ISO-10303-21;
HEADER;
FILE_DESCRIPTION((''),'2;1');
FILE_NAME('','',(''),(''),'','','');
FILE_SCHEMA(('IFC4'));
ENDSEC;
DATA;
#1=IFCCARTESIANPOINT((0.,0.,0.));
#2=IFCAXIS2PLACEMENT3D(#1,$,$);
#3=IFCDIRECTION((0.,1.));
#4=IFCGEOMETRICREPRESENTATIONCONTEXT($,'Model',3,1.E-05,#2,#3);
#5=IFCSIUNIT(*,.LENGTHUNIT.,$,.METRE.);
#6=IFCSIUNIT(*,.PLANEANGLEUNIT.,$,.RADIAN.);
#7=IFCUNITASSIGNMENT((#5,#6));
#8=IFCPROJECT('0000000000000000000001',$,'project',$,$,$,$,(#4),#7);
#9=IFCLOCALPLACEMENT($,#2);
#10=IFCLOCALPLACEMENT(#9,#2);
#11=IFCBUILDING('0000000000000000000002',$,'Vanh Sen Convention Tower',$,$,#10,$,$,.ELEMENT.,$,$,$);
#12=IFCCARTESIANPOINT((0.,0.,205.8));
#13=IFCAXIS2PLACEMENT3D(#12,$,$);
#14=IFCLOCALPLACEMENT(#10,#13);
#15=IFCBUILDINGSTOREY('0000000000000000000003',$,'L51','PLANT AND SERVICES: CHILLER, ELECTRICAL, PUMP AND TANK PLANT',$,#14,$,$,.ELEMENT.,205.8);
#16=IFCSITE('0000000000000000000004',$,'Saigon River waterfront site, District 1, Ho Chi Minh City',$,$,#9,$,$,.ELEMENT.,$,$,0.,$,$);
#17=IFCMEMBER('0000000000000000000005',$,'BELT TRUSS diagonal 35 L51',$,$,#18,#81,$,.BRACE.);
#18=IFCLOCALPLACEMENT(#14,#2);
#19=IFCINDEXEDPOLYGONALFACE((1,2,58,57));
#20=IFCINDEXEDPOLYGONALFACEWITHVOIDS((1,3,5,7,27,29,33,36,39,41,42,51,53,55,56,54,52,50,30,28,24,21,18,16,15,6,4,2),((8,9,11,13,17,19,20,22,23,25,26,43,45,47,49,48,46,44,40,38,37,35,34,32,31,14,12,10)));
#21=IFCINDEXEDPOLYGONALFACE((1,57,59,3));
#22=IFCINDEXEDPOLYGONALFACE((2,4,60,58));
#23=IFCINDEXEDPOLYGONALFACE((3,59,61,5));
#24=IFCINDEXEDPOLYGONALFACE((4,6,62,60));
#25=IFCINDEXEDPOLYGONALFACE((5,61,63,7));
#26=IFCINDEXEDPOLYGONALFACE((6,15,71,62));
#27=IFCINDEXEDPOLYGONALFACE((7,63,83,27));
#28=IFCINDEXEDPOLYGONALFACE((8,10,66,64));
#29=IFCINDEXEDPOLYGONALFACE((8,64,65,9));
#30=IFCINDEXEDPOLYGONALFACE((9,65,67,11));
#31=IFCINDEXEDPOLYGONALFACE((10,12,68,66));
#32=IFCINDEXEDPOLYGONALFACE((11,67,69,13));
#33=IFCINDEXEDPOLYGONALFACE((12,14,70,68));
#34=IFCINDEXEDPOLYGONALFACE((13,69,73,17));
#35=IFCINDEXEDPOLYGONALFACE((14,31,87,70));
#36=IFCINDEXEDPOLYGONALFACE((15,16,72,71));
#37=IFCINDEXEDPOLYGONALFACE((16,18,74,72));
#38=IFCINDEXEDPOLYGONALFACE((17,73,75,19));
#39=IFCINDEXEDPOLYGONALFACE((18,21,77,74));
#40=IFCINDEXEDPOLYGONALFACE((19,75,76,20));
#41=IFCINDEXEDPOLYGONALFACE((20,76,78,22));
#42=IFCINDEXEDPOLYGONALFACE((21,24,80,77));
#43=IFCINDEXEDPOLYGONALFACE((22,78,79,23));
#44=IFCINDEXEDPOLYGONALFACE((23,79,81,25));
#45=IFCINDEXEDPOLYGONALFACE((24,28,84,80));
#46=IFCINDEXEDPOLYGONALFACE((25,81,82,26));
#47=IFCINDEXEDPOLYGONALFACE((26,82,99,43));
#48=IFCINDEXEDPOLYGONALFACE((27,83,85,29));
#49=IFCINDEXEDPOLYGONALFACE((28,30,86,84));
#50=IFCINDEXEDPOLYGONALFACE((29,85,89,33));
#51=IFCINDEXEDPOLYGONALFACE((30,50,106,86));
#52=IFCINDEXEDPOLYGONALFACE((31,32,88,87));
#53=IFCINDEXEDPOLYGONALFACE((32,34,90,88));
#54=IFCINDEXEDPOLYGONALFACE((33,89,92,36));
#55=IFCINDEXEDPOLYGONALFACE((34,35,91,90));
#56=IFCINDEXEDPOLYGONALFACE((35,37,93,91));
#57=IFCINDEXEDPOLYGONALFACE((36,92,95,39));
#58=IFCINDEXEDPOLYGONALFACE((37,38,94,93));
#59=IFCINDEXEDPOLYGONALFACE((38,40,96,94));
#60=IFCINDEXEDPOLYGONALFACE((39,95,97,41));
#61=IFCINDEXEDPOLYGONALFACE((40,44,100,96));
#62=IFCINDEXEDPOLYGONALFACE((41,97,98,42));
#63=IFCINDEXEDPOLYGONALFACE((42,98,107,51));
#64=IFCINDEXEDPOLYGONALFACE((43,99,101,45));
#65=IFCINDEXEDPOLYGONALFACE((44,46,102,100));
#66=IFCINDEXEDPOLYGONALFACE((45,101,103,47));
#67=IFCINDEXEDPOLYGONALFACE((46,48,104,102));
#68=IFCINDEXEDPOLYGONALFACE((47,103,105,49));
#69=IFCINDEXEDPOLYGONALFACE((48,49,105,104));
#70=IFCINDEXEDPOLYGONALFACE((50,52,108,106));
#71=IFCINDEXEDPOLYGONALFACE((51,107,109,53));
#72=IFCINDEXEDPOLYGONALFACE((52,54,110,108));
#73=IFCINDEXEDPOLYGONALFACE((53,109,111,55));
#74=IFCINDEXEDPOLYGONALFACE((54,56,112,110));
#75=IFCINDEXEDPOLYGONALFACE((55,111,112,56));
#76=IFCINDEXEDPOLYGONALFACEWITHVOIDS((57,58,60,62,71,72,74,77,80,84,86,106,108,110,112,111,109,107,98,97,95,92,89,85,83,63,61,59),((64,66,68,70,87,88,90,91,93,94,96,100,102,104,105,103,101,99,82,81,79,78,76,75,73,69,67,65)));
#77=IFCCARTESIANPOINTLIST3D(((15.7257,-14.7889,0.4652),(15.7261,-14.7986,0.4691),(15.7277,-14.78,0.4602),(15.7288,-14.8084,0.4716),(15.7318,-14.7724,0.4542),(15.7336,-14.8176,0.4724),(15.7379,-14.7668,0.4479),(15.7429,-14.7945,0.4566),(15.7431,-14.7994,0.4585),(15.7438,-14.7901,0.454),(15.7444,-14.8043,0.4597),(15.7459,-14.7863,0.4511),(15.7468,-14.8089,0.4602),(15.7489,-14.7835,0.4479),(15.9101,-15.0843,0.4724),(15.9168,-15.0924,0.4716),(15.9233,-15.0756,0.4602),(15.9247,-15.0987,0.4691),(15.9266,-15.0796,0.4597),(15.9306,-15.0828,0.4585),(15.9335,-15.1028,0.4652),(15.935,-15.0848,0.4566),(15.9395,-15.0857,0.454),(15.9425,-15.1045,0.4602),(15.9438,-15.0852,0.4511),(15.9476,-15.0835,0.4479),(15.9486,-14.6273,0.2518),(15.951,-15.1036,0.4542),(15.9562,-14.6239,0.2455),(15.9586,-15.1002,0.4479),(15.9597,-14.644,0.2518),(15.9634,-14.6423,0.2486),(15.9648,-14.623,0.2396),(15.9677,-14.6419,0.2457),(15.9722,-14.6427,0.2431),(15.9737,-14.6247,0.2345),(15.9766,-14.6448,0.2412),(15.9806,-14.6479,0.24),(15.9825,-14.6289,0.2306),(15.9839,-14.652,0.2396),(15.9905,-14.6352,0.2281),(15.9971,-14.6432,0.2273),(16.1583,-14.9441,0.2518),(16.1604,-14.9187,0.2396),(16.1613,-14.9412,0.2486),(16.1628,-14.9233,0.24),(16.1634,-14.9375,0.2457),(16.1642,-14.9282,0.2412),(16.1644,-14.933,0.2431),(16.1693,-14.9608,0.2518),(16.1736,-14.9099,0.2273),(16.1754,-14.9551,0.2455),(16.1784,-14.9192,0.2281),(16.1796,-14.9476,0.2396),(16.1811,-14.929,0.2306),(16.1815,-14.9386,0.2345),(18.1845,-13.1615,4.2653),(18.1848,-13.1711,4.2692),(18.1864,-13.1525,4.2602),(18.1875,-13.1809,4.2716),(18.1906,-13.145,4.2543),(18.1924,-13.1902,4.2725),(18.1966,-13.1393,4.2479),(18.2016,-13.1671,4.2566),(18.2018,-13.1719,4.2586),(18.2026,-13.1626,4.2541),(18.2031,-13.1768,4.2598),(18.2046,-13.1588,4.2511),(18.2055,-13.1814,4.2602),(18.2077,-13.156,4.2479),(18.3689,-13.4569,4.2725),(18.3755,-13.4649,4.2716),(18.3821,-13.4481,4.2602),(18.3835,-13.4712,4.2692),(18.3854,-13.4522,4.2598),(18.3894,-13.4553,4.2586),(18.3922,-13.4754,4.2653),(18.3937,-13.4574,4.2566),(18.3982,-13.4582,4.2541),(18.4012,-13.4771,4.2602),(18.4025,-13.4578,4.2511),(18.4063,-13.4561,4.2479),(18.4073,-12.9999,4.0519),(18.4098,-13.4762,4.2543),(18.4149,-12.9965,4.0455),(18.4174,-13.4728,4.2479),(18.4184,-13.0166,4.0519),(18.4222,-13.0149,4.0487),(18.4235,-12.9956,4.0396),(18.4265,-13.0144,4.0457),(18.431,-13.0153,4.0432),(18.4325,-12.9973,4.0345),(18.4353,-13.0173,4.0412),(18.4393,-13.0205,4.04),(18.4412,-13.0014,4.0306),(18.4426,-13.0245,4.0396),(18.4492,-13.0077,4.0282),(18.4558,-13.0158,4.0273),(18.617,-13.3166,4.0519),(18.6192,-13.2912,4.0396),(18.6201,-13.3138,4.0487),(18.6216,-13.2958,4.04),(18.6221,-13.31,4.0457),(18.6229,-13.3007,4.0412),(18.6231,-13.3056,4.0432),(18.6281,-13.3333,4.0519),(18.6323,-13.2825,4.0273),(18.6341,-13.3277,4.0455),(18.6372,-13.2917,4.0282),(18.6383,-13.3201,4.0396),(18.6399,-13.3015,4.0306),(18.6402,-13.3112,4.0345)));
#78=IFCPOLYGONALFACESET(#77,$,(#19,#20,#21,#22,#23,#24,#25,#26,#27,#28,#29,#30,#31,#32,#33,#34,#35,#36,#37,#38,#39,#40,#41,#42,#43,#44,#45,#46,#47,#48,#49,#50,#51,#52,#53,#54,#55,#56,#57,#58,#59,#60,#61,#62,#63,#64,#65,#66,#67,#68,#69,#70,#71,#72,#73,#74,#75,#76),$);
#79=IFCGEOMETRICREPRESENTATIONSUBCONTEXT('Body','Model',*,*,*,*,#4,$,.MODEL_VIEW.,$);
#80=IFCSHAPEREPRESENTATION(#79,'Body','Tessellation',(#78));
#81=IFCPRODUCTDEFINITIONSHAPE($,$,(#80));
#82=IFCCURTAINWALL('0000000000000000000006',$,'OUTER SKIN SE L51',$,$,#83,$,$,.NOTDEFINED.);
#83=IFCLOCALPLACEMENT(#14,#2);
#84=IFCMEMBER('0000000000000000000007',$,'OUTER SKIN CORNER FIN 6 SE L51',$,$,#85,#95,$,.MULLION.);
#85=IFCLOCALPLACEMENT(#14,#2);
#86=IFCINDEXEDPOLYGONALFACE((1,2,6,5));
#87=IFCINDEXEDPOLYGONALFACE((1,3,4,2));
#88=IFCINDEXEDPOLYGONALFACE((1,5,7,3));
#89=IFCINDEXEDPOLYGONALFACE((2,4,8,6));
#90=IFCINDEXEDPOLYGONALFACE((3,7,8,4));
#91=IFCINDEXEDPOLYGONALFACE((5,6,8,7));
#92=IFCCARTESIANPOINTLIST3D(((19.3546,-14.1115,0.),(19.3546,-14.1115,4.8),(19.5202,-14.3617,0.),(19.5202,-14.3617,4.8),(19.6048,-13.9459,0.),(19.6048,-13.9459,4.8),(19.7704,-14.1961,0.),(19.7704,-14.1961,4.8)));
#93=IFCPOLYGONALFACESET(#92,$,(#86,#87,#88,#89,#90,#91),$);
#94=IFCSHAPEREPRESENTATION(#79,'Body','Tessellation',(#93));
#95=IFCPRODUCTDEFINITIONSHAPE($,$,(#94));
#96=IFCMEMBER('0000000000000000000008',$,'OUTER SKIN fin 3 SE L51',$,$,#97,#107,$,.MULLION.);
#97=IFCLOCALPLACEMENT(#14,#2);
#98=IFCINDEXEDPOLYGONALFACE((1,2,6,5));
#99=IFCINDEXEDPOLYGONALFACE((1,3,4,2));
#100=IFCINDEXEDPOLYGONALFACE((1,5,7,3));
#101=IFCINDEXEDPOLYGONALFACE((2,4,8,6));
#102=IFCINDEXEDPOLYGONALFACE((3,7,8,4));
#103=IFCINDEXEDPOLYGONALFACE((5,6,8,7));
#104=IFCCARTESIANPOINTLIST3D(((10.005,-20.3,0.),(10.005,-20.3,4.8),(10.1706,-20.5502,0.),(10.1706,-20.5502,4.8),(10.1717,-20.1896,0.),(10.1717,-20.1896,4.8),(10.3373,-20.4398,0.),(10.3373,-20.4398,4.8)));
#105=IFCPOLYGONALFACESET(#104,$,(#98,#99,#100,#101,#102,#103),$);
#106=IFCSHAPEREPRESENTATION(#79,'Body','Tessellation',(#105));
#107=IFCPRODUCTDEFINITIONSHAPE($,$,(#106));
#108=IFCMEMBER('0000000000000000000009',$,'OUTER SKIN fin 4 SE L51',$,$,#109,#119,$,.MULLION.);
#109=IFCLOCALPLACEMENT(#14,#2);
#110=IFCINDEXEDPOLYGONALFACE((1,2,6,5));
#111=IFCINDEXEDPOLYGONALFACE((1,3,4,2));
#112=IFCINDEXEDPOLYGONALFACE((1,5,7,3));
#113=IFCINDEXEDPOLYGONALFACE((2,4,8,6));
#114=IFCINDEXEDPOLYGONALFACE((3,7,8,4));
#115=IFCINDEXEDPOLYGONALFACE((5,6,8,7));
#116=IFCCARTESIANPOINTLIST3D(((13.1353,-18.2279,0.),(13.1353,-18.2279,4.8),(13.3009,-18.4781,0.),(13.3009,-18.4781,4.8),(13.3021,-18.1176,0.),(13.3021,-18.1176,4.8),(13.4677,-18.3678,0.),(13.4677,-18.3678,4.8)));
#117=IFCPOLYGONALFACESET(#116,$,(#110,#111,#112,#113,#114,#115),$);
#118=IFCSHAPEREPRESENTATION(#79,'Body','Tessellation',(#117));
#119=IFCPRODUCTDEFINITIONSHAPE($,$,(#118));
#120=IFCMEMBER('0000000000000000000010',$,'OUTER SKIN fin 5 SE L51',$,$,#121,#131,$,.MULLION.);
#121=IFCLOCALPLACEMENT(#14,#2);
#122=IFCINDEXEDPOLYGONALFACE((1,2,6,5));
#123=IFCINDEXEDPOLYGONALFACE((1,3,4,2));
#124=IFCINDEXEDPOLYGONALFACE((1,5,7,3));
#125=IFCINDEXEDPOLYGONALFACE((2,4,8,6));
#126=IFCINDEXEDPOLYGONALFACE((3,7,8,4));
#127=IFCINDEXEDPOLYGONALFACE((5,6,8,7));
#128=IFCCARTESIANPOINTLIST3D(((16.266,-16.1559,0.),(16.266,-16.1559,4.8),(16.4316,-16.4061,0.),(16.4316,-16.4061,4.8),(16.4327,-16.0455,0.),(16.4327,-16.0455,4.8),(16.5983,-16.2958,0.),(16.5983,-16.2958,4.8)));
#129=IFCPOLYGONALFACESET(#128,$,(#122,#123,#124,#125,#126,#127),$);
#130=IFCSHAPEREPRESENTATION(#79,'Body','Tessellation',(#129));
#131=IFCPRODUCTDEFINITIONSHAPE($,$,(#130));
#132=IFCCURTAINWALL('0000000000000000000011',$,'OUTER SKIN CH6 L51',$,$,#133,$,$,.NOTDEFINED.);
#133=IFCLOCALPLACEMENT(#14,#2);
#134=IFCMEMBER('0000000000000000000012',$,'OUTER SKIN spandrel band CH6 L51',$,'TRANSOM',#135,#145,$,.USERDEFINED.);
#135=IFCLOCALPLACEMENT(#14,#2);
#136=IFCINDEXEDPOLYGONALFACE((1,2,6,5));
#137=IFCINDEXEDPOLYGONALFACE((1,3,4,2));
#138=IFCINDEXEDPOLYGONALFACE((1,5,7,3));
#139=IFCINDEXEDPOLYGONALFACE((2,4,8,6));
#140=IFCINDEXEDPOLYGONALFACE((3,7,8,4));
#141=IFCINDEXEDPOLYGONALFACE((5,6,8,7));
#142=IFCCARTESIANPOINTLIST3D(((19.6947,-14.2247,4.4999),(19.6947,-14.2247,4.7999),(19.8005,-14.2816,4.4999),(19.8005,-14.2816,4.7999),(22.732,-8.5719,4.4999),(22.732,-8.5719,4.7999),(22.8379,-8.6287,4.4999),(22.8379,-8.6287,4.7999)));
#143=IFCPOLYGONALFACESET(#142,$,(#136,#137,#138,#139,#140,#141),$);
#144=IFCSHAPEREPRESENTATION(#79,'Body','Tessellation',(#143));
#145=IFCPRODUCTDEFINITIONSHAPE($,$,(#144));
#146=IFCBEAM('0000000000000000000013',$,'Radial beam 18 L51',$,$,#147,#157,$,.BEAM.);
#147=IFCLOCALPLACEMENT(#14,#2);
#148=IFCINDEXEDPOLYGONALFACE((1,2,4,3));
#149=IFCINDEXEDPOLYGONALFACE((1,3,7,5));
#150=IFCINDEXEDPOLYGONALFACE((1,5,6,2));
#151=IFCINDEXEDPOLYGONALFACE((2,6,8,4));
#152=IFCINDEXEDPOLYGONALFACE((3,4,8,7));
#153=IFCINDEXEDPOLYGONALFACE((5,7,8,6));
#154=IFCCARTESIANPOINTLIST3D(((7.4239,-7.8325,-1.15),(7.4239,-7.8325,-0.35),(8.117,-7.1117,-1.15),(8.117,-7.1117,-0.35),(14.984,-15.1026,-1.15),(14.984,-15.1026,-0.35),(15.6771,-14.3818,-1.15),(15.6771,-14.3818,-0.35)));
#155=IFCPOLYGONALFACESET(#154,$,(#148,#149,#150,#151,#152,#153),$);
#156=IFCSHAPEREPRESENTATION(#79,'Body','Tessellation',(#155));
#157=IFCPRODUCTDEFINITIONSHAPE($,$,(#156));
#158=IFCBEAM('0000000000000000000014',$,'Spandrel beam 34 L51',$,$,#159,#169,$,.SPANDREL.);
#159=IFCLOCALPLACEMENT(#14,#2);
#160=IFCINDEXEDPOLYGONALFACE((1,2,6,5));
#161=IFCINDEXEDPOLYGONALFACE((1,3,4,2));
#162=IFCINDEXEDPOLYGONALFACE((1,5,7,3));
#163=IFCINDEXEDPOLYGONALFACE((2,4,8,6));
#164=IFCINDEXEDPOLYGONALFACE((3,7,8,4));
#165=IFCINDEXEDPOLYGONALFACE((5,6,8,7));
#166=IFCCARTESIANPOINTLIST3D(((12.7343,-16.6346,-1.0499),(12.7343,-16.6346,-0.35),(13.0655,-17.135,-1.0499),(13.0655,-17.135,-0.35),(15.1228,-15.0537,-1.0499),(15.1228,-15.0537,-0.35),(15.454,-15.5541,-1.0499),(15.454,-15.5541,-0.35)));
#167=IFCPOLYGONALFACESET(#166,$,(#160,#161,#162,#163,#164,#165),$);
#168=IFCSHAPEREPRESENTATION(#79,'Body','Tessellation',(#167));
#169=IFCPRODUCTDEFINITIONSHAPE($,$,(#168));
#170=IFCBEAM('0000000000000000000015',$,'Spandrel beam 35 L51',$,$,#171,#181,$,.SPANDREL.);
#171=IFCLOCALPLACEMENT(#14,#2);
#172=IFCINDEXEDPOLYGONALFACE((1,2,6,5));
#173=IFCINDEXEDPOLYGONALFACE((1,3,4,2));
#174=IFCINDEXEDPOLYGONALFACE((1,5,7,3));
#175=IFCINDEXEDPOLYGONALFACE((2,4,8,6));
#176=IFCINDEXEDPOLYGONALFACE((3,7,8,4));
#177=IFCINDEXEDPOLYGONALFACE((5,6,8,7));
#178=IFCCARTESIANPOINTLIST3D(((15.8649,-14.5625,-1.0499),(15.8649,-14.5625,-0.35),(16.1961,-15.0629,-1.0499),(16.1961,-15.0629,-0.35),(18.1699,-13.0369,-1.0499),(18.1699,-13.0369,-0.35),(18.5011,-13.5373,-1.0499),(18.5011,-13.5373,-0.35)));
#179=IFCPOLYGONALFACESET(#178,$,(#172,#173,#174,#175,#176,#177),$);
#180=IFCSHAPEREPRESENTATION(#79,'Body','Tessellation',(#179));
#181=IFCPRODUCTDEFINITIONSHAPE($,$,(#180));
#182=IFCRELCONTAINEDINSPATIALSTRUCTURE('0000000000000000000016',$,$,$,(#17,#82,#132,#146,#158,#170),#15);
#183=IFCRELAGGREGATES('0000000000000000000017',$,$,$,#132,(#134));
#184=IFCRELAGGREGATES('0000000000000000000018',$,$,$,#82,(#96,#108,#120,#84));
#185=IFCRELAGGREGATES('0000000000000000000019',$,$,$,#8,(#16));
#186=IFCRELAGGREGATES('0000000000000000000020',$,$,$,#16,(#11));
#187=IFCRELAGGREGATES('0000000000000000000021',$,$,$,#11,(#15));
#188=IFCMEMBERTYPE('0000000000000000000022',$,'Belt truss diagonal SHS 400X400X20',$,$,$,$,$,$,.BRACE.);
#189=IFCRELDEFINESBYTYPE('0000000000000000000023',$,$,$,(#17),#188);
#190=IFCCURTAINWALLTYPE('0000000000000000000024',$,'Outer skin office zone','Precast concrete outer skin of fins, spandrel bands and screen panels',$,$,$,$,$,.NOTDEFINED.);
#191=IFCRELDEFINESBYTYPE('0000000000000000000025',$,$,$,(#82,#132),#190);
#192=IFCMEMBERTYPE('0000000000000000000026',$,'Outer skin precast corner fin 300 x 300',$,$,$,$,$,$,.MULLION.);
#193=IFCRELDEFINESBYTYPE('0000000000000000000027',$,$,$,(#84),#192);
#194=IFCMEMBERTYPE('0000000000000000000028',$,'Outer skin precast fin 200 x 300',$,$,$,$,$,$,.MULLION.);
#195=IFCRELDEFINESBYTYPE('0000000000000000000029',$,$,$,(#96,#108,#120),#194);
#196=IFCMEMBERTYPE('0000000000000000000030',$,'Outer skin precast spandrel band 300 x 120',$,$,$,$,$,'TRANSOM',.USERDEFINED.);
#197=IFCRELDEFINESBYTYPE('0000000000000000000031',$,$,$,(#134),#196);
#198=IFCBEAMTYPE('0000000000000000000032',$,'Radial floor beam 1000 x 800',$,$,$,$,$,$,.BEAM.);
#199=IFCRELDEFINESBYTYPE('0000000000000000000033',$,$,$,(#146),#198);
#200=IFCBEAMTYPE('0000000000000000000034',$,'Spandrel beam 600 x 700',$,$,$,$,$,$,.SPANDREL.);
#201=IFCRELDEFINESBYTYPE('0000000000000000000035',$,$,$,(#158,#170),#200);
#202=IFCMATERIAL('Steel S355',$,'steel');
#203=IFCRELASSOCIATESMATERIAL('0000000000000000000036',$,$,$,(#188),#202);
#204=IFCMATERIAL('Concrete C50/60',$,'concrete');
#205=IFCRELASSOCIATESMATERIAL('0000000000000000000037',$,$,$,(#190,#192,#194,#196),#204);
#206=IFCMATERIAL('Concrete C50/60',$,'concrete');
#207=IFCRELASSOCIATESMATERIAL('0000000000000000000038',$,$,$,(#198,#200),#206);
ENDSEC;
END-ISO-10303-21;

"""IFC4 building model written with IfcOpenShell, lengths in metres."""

from ifc_helpers import new_model, si_unit, direction, frame, origin, origin_2d, place, context, subcontext, project, spatial, rectangle, hollow_rectangle, extrude, material, material_profile, profile_set, type_object, element, aggregate, save


model = new_model("IFC4")

# Units and contexts
model_context = context("Model", 3, precision=1e-05, world=origin(), true_north=direction((0.0, 1.0)))
body_context = subcontext(model_context, "Body", "Model", "MODEL_VIEW")
ifc_project = project(units=[si_unit("LENGTHUNIT", "METRE"), si_unit("PLANEANGLEUNIT", "RADIAN")], contexts=[model_context])

# Site, building, storey
site_placement = place(None, origin())
site = spatial("IfcSite", under=ifc_project, at=site_placement, Name="Saigon River waterfront site, District 1, Ho Chi Minh City", CompositionType="ELEMENT", RefElevation=0.0)
building_placement = place(site_placement, origin())
building = spatial("IfcBuilding", under=site, at=building_placement, Name="Vanh Sen Convention Tower", CompositionType="ELEMENT")
storey_placement = place(building_placement, frame((0.0, 0.0, 205.8)))
storey = spatial("IfcBuildingStorey", under=building, at=storey_placement, Name="L51", Description="PLANT AND SERVICES: CHILLER, ELECTRICAL, PUMP AND TANK PLANT", CompositionType="ELEMENT", Elevation=205.8)

# Member
ifc_material_1 = material(Name="Steel S355", Category="steel")
ifc_material_profile_1 = material_profile(ifc_material_1, hollow_rectangle(XDim=0.3999, YDim=0.3999, WallThickness=0.02, InnerFilletRadius=0.02, OuterFilletRadius=0.04, at=origin_2d()), Name="SHS 400X400X20")
ifc_profile_set_1 = profile_set([ifc_material_profile_1], Name="Steel S355")
member_type_1 = type_object("IfcMemberType", Name="Belt truss diagonal SHS 400X400X20", PredefinedType="BRACE", material=ifc_profile_set_1)
member_1_placement = place(storey_placement, frame((15.9536, -14.8638, 0.3499), z_axis=(0.511192, 0.338358, 0.790061), x_axis=(-0.551946, 0.83388, 0.0)))
element("IfcMember", 1, at=member_1_placement, inside=storey, type_object=member_type_1, Name="BELT TRUSS diagonal 35 L51", PredefinedType="BRACE", context=body_context, shape_type="SweptSolid", body=[
    extrude(hollow_rectangle(XDim=0.3999, YDim=0.3999, WallThickness=0.02, InnerFilletRadius=0.02, OuterFilletRadius=0.04, at=origin_2d()), origin(), (0.0, 0.0, 1.0), 4.8098),
])

# Curtain wall, members
ifc_material_2 = material(Name="Concrete C50/60", Category="concrete")
curtain_wall_type = type_object("IfcCurtainWallType", Name="Outer skin office zone", Description="Precast concrete outer skin of fins, spandrel bands and screen panels", PredefinedType="NOTDEFINED", material=ifc_material_2)
curtain_wall_1_placement = place(storey_placement, origin())
curtain_wall_1 = element("IfcCurtainWall", 2, at=curtain_wall_1_placement, inside=storey, type_object=curtain_wall_type, Name="OUTER SKIN SE L51", PredefinedType="NOTDEFINED")
ifc_material_profile_2 = material_profile(ifc_material_2, rectangle(XDim=0.3, YDim=0.3, at=origin_2d()), Name="Outer skin precast corner fin 300 x 300")
ifc_profile_set_2 = profile_set([ifc_material_profile_2], Name="Concrete C50/60")
member_type_2 = type_object("IfcMemberType", Name="Outer skin precast corner fin 300 x 300", PredefinedType="MULLION", material=ifc_profile_set_2)
member_2_placement = place(storey_placement, frame((19.5625, -14.1538, 0.0), z_axis=(0.0, 0.0, 1.0), x_axis=(0.833886, 0.551937, 0.0)))
member_2 = element("IfcMember", 3, at=member_2_placement, type_object=member_type_2, Name="OUTER SKIN CORNER FIN 6 SE L51", PredefinedType="MULLION", context=body_context, shape_type="SweptSolid", body=[
    extrude(rectangle(XDim=0.3, YDim=0.3, at=origin_2d()), origin(), (0.0, 0.0, 1.0), 4.8),
])
ifc_material_profile_3 = material_profile(ifc_material_2, rectangle(XDim=0.2, YDim=0.3, at=origin_2d()), Name="Outer skin precast fin 200 x 300")
ifc_profile_set_3 = profile_set([ifc_material_profile_3], Name="Concrete C50/60")
member_type_3 = type_object("IfcMemberType", Name="Outer skin precast fin 200 x 300", PredefinedType="MULLION", material=ifc_profile_set_3)
member_3_placement = place(storey_placement, frame((10.1711, -20.3699, 0.0), z_axis=(0.0, 0.0, 1.0), x_axis=(0.833886, 0.551937, 0.0)))
member_3 = element("IfcMember", 4, at=member_3_placement, type_object=member_type_3, Name="OUTER SKIN fin 3 SE L51", PredefinedType="MULLION", context=body_context, shape_type="SweptSolid", body=[
    extrude(rectangle(XDim=0.2, YDim=0.3, at=origin_2d()), origin(), (0.0, 0.0, 1.0), 4.8),
])
member_4_placement = place(storey_placement, frame((13.3015, -18.2979, 0.0), z_axis=(0.0, 0.0, 1.0), x_axis=(0.833886, 0.551937, 0.0)))
member_4 = element("IfcMember", 5, at=member_4_placement, type_object=member_type_3, Name="OUTER SKIN fin 4 SE L51", PredefinedType="MULLION", context=body_context, shape_type="SweptSolid", body=[
    extrude(rectangle(XDim=0.2, YDim=0.3, at=origin_2d()), origin(), (0.0, 0.0, 1.0), 4.8),
])
member_5_placement = place(storey_placement, frame((16.4321, -16.2258, 0.0), z_axis=(0.0, 0.0, 1.0), x_axis=(0.833886, 0.551937, 0.0)))
member_5 = element("IfcMember", 6, at=member_5_placement, type_object=member_type_3, Name="OUTER SKIN fin 5 SE L51", PredefinedType="MULLION", context=body_context, shape_type="SweptSolid", body=[
    extrude(rectangle(XDim=0.2, YDim=0.3, at=origin_2d()), origin(), (0.0, 0.0, 1.0), 4.8),
])

# Curtain wall, member
curtain_wall_2_placement = place(storey_placement, origin())
curtain_wall_2 = element("IfcCurtainWall", 7, at=curtain_wall_2_placement, inside=storey, type_object=curtain_wall_type, Name="OUTER SKIN CH6 L51", PredefinedType="NOTDEFINED")
ifc_material_profile_4 = material_profile(ifc_material_2, rectangle(XDim=0.1201, YDim=0.3, at=origin_2d()), Name="Outer skin precast spandrel band 300 x 120")
ifc_profile_set_4 = profile_set([ifc_material_profile_4], Name="Concrete C50/60")
member_type_4 = type_object("IfcMemberType", Name="Outer skin precast spandrel band 300 x 120", ElementType="TRANSOM", PredefinedType="USERDEFINED", material=ifc_profile_set_4)
member_6_placement = place(storey_placement, frame((19.7476, -14.2532, 4.6499), z_axis=(0.473317, 0.880892, 0.0), x_axis=(-0.880892, 0.473317, 0.0)))
member_6 = element("IfcMember", 8, at=member_6_placement, type_object=member_type_4, Name="OUTER SKIN spandrel band CH6 L51", ObjectType="TRANSOM", PredefinedType="USERDEFINED", context=body_context, shape_type="SweptSolid", body=[
    extrude(rectangle(XDim=0.1201, YDim=0.3, at=origin_2d()), origin(), (0.0, 0.0, 1.0), 6.4172),
])
aggregate(curtain_wall_2, [member_6])

# Beams
ifc_material_3 = material(Name="Concrete C50/60", Category="concrete")
ifc_material_profile_5 = material_profile(ifc_material_3, rectangle(XDim=1.0, YDim=0.8, at=origin_2d()), Name="RC 1000X800")
ifc_profile_set_5 = profile_set([ifc_material_profile_5], Name="Concrete C50/60")
beam_type_1 = type_object("IfcBeamType", Name="Radial floor beam 1000 x 800", PredefinedType="BEAM", material=ifc_profile_set_5)
beam_1_placement = place(storey_placement, frame((15.3306, -14.7422, -0.75), z_axis=(-0.720798, 0.693145, 0.0), x_axis=(-0.693145, -0.720798, 0.0)))
element("IfcBeam", 9, at=beam_1_placement, inside=storey, type_object=beam_type_1, Name="Radial beam 18 L51", PredefinedType="BEAM", context=body_context, shape_type="SweptSolid", body=[
    extrude(rectangle(XDim=1.0, YDim=0.8, at=origin_2d()), origin(), (0.0, 0.0, 1.0), 10.4885),
])
ifc_material_profile_6 = material_profile(ifc_material_3, rectangle(XDim=0.6001, YDim=0.7, at=origin_2d()), Name="RC 600X700")
ifc_profile_set_6 = profile_set([ifc_material_profile_6], Name="Concrete C50/60")
beam_type_2 = type_object("IfcBeamType", Name="Spandrel beam 600 x 700", PredefinedType="SPANDREL", material=ifc_profile_set_6)
beam_2_placement = place(storey_placement, frame((12.8999, -16.8848, -0.7), z_axis=(0.833895, 0.551924, 0.0), x_axis=(-0.551924, 0.833895, 0.0)))
element("IfcBeam", 10, at=beam_2_placement, inside=storey, type_object=beam_type_2, Name="Spandrel beam 34 L51", PredefinedType="SPANDREL", context=body_context, shape_type="SweptSolid", body=[
    extrude(rectangle(XDim=0.6001, YDim=0.7, at=origin_2d()), origin(), (0.0, 0.0, 1.0), 2.8643),
])
beam_3_placement = place(storey_placement, frame((16.0305, -14.8127, -0.7), z_axis=(0.83388, 0.551945, 0.0), x_axis=(-0.551945, 0.83388, 0.0)))
element("IfcBeam", 11, at=beam_3_placement, inside=storey, type_object=beam_type_2, Name="Spandrel beam 35 L51", PredefinedType="SPANDREL", context=body_context, shape_type="SweptSolid", body=[
    extrude(rectangle(XDim=0.6001, YDim=0.7, at=origin_2d()), origin(), (0.0, 0.0, 1.0), 2.7642),
])

aggregate(curtain_wall_1, [member_3, member_4, member_5, member_2])

save(model, "model.ifc")
